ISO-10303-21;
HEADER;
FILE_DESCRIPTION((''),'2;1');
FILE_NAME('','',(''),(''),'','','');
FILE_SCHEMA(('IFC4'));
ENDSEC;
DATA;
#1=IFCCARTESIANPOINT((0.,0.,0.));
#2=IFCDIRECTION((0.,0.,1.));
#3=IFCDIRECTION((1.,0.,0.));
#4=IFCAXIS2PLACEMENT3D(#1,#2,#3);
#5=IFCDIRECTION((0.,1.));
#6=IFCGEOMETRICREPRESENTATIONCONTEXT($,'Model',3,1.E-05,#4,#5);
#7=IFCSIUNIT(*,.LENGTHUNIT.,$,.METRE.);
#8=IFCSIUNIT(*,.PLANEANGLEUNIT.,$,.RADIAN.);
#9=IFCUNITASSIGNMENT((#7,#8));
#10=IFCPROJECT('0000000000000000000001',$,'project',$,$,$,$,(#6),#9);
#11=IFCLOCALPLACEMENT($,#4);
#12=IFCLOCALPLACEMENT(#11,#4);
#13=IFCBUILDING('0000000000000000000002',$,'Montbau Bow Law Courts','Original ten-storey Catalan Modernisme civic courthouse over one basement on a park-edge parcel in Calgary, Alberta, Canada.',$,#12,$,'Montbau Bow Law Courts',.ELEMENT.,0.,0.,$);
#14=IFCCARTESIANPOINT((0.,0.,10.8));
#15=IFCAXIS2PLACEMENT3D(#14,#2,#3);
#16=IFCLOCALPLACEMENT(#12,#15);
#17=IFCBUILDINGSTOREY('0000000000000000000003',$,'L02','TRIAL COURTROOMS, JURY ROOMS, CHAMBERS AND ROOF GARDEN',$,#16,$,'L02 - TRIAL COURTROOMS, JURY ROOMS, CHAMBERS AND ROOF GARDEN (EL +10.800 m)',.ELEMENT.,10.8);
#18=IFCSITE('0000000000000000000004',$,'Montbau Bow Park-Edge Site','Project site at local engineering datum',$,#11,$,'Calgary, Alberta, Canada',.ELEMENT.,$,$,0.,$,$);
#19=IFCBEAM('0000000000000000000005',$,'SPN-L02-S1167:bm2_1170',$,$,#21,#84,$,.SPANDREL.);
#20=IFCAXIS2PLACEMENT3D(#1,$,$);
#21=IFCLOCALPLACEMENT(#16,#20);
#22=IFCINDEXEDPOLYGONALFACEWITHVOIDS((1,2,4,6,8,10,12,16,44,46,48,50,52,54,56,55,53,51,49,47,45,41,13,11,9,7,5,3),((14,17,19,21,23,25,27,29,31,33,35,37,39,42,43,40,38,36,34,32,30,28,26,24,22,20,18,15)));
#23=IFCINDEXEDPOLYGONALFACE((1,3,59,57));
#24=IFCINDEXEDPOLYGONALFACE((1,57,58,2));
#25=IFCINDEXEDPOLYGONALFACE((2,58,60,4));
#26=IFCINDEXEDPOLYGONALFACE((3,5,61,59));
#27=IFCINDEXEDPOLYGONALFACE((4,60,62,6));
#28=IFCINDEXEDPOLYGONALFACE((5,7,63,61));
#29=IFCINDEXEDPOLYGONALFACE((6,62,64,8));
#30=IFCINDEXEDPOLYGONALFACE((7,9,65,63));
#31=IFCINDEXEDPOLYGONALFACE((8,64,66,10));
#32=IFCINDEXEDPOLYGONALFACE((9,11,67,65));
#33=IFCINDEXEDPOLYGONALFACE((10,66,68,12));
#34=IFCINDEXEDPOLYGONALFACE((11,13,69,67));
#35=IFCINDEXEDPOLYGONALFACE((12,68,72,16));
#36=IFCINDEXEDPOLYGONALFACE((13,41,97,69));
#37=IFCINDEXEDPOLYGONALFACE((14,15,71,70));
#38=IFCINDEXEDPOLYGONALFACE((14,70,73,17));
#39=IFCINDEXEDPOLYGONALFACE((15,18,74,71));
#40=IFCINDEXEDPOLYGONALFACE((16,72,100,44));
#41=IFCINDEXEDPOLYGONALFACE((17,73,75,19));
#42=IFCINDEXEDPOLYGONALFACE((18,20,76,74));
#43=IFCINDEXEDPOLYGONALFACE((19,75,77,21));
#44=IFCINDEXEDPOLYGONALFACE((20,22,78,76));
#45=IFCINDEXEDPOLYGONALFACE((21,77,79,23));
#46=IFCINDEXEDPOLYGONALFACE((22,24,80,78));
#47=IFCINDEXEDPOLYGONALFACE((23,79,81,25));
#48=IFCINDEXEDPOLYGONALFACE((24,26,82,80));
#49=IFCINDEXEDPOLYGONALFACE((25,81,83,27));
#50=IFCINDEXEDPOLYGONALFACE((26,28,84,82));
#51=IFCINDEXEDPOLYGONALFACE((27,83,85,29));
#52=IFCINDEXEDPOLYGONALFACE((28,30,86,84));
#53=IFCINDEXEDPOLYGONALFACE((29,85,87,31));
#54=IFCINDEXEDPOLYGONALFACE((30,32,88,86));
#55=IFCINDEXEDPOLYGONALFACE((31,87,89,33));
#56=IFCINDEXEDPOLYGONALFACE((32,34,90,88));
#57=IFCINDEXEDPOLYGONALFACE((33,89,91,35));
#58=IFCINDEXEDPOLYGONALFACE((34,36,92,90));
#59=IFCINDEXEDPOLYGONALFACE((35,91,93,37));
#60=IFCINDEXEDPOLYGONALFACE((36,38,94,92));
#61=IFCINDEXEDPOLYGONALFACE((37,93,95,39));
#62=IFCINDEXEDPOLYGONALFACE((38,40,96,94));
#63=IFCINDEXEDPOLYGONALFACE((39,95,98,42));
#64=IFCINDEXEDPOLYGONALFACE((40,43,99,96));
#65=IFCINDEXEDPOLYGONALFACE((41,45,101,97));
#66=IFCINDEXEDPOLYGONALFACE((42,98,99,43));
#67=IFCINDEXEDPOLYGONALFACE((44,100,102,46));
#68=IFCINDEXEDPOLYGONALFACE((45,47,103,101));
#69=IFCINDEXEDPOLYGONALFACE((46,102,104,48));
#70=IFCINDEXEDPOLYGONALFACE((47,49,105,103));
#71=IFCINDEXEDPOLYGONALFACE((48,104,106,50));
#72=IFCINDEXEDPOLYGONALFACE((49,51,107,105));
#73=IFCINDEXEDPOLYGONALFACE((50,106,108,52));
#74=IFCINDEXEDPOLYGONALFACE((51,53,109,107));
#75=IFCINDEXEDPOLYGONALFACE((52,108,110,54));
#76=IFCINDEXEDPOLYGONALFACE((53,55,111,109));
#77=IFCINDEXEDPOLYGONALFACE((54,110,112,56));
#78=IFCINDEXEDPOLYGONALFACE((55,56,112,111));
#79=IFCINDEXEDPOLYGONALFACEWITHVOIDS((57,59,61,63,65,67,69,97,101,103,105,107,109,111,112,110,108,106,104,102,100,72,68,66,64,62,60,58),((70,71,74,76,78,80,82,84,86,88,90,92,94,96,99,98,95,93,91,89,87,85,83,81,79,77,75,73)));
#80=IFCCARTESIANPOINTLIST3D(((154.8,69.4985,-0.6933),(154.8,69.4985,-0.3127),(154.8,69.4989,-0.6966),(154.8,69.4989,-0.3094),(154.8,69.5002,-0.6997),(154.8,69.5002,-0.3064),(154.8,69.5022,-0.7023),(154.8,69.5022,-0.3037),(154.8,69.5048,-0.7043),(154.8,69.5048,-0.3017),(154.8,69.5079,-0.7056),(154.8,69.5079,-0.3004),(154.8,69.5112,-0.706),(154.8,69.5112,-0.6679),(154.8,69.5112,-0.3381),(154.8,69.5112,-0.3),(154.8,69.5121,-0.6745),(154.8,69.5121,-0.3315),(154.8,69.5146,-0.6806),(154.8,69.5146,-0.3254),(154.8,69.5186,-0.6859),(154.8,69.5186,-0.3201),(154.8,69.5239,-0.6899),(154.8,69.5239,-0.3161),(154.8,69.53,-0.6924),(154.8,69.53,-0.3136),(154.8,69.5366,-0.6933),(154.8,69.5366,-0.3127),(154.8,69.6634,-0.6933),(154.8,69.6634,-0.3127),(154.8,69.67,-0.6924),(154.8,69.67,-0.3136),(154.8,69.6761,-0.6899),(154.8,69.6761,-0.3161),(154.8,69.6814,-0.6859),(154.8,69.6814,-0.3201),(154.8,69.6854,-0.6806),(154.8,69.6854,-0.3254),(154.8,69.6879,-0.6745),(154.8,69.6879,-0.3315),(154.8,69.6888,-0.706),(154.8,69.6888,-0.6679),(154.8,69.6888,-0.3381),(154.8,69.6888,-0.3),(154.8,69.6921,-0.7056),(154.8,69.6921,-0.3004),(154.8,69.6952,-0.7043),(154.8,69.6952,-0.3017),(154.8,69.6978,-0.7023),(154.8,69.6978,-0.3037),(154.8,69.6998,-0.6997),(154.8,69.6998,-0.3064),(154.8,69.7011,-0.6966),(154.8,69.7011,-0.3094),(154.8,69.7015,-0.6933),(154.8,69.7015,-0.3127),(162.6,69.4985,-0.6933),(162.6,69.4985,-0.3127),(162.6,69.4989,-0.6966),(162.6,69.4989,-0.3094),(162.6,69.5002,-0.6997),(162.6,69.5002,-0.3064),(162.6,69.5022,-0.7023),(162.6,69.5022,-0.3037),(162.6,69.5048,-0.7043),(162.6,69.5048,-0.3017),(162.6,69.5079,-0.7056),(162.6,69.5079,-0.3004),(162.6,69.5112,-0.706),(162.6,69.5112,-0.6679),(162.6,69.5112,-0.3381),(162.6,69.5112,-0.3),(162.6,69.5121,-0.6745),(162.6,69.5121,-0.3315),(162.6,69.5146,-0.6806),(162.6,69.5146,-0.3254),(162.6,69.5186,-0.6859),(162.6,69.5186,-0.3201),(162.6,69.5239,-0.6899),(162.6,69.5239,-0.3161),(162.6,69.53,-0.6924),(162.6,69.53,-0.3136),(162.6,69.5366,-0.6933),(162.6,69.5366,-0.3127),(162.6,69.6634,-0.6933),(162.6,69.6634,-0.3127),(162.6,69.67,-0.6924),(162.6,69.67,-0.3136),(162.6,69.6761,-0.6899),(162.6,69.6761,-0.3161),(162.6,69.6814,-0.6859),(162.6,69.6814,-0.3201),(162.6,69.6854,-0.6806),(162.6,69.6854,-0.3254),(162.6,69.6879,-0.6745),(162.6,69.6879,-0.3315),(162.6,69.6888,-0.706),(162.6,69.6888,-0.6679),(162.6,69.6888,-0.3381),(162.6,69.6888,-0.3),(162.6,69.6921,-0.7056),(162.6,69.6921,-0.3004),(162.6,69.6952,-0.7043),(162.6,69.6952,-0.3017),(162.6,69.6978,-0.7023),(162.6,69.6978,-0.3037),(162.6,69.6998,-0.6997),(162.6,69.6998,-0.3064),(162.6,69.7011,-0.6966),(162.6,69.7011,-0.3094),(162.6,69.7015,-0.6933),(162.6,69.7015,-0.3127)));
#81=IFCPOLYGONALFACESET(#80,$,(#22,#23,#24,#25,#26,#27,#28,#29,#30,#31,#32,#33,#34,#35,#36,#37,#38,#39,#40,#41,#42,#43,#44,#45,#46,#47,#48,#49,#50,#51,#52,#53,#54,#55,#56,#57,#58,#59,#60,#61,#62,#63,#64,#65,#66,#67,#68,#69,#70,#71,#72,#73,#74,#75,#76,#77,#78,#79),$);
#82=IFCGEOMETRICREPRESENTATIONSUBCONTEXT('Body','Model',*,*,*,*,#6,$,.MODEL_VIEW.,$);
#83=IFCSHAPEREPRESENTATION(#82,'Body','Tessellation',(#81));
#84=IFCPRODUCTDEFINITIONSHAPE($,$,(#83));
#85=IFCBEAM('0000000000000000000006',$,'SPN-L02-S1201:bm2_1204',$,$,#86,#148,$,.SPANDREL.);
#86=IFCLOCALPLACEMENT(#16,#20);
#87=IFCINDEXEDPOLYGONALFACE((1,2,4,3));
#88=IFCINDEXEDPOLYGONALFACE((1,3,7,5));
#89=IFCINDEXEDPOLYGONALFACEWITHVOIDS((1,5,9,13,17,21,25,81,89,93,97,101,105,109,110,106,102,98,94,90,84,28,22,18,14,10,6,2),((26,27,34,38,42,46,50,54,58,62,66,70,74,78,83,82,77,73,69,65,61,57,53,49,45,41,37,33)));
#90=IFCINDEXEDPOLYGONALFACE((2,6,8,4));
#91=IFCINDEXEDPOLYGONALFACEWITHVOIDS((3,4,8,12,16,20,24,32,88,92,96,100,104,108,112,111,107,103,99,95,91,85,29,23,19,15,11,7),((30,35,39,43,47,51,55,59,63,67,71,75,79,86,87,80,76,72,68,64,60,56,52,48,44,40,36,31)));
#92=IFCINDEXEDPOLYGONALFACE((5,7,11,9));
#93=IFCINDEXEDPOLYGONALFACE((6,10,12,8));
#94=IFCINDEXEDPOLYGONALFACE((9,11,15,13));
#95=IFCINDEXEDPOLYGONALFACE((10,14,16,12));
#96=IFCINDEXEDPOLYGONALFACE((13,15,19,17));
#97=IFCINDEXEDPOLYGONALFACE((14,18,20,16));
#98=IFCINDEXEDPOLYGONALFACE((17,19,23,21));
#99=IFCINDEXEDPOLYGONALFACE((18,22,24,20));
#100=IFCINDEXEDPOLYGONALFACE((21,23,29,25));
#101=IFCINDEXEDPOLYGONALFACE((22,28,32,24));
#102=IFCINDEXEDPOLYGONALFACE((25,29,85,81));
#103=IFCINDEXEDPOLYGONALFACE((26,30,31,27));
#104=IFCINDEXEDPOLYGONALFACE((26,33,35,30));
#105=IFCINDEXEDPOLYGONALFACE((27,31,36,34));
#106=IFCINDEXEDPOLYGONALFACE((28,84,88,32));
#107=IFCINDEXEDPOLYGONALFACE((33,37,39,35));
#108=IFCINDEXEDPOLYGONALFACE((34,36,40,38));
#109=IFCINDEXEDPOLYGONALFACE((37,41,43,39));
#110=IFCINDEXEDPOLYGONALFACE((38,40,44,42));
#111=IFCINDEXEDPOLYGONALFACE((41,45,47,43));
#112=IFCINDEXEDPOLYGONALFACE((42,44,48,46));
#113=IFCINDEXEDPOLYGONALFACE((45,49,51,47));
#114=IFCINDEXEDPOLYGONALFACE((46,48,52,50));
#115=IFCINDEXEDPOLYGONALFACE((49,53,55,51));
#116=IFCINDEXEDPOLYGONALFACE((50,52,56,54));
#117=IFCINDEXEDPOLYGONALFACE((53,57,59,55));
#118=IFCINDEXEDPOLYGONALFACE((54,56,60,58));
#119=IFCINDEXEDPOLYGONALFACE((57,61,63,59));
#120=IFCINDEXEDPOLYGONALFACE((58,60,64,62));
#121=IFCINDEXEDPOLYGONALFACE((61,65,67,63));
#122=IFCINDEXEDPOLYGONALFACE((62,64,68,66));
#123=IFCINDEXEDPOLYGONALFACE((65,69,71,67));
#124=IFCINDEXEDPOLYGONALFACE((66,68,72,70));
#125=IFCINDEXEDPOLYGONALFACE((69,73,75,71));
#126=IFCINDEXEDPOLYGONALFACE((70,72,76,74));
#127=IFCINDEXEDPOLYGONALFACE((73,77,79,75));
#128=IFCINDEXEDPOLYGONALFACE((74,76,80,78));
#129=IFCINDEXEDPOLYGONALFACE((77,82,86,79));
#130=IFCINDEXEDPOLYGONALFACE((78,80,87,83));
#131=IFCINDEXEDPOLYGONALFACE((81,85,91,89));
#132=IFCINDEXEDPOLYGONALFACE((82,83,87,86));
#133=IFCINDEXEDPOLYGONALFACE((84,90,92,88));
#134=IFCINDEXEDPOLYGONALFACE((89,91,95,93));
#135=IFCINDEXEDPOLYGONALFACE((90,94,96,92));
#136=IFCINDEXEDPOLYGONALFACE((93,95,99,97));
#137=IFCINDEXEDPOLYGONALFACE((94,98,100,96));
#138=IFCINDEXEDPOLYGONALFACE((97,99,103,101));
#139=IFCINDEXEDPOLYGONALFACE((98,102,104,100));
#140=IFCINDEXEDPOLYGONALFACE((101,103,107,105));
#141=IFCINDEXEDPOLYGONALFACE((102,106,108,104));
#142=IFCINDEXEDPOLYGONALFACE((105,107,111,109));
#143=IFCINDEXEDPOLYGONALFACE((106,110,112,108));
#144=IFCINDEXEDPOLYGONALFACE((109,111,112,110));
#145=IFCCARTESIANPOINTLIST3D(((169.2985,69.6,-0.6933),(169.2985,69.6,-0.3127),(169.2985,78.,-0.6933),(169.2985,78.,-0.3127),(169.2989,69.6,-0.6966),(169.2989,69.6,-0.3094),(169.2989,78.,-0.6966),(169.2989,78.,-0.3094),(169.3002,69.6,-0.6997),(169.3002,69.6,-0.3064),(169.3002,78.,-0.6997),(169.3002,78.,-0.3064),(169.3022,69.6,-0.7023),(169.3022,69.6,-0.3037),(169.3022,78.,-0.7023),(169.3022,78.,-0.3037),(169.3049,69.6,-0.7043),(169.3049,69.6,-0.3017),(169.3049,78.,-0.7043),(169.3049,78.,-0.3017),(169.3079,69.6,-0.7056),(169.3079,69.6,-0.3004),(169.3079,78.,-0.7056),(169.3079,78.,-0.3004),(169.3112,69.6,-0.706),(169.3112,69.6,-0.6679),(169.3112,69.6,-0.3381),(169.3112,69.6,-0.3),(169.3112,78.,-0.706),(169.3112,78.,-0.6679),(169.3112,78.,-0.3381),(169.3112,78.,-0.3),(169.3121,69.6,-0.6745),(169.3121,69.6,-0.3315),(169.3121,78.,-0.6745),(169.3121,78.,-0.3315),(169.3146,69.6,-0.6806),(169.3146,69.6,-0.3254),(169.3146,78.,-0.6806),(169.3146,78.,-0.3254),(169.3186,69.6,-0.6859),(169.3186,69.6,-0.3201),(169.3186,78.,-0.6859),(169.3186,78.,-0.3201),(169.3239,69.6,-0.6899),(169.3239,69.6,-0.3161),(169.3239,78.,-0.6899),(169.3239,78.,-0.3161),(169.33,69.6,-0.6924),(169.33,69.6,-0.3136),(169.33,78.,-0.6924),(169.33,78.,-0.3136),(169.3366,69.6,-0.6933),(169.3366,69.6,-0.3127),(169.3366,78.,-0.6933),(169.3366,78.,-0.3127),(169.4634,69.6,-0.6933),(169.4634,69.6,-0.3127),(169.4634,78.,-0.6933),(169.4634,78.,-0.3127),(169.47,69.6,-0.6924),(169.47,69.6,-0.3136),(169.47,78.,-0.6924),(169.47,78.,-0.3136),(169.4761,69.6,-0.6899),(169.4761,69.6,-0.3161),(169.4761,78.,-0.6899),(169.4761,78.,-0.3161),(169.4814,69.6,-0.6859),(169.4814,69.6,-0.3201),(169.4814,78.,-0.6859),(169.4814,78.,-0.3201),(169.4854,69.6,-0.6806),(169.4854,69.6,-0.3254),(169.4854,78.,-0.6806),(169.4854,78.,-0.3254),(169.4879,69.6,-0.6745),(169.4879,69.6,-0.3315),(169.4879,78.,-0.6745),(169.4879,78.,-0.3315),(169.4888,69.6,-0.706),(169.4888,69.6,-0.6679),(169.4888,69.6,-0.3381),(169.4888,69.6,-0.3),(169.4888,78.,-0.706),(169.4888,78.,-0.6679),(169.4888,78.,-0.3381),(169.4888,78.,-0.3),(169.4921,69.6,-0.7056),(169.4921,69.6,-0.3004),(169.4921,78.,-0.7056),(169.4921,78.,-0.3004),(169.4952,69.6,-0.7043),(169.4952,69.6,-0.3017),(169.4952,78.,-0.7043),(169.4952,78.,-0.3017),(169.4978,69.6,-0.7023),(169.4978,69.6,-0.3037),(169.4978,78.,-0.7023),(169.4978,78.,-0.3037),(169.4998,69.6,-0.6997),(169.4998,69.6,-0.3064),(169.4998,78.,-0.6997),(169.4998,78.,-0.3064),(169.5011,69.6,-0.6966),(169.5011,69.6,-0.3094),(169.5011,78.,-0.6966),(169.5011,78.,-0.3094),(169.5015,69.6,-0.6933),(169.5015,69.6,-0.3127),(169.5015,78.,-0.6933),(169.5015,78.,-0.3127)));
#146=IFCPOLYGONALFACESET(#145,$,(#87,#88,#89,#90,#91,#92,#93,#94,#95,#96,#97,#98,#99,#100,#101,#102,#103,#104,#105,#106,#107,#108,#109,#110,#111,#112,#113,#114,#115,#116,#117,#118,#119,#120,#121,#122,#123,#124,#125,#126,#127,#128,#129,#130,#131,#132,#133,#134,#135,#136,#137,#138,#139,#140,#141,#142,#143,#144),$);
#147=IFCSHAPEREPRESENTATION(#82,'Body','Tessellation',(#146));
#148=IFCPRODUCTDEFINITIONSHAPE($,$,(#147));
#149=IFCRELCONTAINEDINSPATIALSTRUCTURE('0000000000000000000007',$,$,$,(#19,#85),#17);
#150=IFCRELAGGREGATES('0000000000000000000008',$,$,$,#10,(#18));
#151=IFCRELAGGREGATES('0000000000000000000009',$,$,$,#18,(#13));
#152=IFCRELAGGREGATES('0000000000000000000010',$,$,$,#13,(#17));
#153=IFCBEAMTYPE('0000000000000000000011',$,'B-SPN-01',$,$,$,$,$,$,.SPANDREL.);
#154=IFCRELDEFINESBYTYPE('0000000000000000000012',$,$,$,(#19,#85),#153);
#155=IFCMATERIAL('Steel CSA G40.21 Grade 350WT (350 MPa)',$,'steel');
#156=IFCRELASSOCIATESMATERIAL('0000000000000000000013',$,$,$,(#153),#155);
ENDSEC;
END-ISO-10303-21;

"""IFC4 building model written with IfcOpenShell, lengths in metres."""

from ifc_helpers import new_model, si_unit, direction, frame, origin_with_axes, origin_2d_with_axis, place, context, subcontext, project, spatial, hollow_rectangle, extrude, material, material_profile, profile_set, type_object, element, save


model = new_model("IFC4")

# Units and contexts
model_context = context("Model", 3, precision=1e-05, world=origin_with_axes(), true_north=direction((0.0, 1.0)))
body_context = subcontext(model_context, "Body", "Model", "MODEL_VIEW")
ifc_project = project(units=[si_unit("LENGTHUNIT", "METRE"), si_unit("PLANEANGLEUNIT", "RADIAN")], contexts=[model_context])

# Site, building, storey
site_placement = place(None, origin_with_axes())
site = spatial("IfcSite", under=ifc_project, at=site_placement, Name="Montbau Bow Park-Edge Site", Description="Project site at local engineering datum", LongName="Calgary, Alberta, Canada", CompositionType="ELEMENT", RefElevation=0.0)
building_placement = place(site_placement, origin_with_axes())
building = spatial("IfcBuilding", under=site, at=building_placement, Name="Montbau Bow Law Courts", Description="Original ten-storey Catalan Modernisme civic courthouse over one basement on a park-edge parcel in Calgary, Alberta, Canada.", LongName="Montbau Bow Law Courts", CompositionType="ELEMENT", ElevationOfRefHeight=0.0, ElevationOfTerrain=0.0)
storey_placement = place(building_placement, frame((0.0, 0.0, 10.8), z_axis=(0.0, 0.0, 1.0), x_axis=(1.0, 0.0, 0.0)))
storey = spatial("IfcBuildingStorey", under=building, at=storey_placement, Name="L02", Description="TRIAL COURTROOMS, JURY ROOMS, CHAMBERS AND ROOF GARDEN", LongName="L02 - TRIAL COURTROOMS, JURY ROOMS, CHAMBERS AND ROOF GARDEN (EL +10.800 m)", CompositionType="ELEMENT", Elevation=10.8)

# Beams
ifc_material_1 = material(Name="Steel CSA G40.21 Grade 350WT (350 MPa)", Category="steel")
ifc_material_profile_1 = material_profile(ifc_material_1, hollow_rectangle(XDim=0.203, YDim=0.406, WallThickness=0.0127, InnerFilletRadius=0.0254, OuterFilletRadius=0.0127, at=origin_2d_with_axis()), Name="HSS406X203X13", Category="Main", Priority=0)
ifc_profile_set_1 = profile_set([ifc_material_profile_1], Name="Steel CSA G40.21 Grade 350WT (350 MPa)")
beam_type_1 = type_object("IfcBeamType", Name="B-SPN-01", PredefinedType="SPANDREL", material=ifc_profile_set_1)
beam_1_placement = place(None, frame((154.8, 69.6, 10.297), z_axis=(1.0, 0.0, 0.0), x_axis=(0.0, 1.0, 0.0)))
element("IfcBeam", 1, at=beam_1_placement, inside=storey, type_object=beam_type_1, Name="SPN-L02-S1167:bm2_1170", PredefinedType="SPANDREL", context=body_context, shape_type="SweptSolid", body=[
    extrude(hollow_rectangle(XDim=0.203, YDim=0.406, WallThickness=0.0127, InnerFilletRadius=0.0254, OuterFilletRadius=0.0127, at=origin_2d_with_axis()), origin_with_axes(), (0.0, 0.0, 1.0), 7.8),
])
beam_2_placement = place(None, frame((169.4, 69.6, 10.297), z_axis=(0.0, 1.0, 0.0), x_axis=(-1.0, 0.0, 0.0)))
element("IfcBeam", 2, at=beam_2_placement, inside=storey, type_object=beam_type_1, Name="SPN-L02-S1201:bm2_1204", PredefinedType="SPANDREL", context=body_context, shape_type="SweptSolid", body=[
    extrude(hollow_rectangle(XDim=0.203, YDim=0.406, WallThickness=0.0127, InnerFilletRadius=0.0254, OuterFilletRadius=0.0127, at=origin_2d_with_axis()), origin_with_axes(), (0.0, 0.0, 1.0), 8.4),
])

save(model, "model.ifc")
